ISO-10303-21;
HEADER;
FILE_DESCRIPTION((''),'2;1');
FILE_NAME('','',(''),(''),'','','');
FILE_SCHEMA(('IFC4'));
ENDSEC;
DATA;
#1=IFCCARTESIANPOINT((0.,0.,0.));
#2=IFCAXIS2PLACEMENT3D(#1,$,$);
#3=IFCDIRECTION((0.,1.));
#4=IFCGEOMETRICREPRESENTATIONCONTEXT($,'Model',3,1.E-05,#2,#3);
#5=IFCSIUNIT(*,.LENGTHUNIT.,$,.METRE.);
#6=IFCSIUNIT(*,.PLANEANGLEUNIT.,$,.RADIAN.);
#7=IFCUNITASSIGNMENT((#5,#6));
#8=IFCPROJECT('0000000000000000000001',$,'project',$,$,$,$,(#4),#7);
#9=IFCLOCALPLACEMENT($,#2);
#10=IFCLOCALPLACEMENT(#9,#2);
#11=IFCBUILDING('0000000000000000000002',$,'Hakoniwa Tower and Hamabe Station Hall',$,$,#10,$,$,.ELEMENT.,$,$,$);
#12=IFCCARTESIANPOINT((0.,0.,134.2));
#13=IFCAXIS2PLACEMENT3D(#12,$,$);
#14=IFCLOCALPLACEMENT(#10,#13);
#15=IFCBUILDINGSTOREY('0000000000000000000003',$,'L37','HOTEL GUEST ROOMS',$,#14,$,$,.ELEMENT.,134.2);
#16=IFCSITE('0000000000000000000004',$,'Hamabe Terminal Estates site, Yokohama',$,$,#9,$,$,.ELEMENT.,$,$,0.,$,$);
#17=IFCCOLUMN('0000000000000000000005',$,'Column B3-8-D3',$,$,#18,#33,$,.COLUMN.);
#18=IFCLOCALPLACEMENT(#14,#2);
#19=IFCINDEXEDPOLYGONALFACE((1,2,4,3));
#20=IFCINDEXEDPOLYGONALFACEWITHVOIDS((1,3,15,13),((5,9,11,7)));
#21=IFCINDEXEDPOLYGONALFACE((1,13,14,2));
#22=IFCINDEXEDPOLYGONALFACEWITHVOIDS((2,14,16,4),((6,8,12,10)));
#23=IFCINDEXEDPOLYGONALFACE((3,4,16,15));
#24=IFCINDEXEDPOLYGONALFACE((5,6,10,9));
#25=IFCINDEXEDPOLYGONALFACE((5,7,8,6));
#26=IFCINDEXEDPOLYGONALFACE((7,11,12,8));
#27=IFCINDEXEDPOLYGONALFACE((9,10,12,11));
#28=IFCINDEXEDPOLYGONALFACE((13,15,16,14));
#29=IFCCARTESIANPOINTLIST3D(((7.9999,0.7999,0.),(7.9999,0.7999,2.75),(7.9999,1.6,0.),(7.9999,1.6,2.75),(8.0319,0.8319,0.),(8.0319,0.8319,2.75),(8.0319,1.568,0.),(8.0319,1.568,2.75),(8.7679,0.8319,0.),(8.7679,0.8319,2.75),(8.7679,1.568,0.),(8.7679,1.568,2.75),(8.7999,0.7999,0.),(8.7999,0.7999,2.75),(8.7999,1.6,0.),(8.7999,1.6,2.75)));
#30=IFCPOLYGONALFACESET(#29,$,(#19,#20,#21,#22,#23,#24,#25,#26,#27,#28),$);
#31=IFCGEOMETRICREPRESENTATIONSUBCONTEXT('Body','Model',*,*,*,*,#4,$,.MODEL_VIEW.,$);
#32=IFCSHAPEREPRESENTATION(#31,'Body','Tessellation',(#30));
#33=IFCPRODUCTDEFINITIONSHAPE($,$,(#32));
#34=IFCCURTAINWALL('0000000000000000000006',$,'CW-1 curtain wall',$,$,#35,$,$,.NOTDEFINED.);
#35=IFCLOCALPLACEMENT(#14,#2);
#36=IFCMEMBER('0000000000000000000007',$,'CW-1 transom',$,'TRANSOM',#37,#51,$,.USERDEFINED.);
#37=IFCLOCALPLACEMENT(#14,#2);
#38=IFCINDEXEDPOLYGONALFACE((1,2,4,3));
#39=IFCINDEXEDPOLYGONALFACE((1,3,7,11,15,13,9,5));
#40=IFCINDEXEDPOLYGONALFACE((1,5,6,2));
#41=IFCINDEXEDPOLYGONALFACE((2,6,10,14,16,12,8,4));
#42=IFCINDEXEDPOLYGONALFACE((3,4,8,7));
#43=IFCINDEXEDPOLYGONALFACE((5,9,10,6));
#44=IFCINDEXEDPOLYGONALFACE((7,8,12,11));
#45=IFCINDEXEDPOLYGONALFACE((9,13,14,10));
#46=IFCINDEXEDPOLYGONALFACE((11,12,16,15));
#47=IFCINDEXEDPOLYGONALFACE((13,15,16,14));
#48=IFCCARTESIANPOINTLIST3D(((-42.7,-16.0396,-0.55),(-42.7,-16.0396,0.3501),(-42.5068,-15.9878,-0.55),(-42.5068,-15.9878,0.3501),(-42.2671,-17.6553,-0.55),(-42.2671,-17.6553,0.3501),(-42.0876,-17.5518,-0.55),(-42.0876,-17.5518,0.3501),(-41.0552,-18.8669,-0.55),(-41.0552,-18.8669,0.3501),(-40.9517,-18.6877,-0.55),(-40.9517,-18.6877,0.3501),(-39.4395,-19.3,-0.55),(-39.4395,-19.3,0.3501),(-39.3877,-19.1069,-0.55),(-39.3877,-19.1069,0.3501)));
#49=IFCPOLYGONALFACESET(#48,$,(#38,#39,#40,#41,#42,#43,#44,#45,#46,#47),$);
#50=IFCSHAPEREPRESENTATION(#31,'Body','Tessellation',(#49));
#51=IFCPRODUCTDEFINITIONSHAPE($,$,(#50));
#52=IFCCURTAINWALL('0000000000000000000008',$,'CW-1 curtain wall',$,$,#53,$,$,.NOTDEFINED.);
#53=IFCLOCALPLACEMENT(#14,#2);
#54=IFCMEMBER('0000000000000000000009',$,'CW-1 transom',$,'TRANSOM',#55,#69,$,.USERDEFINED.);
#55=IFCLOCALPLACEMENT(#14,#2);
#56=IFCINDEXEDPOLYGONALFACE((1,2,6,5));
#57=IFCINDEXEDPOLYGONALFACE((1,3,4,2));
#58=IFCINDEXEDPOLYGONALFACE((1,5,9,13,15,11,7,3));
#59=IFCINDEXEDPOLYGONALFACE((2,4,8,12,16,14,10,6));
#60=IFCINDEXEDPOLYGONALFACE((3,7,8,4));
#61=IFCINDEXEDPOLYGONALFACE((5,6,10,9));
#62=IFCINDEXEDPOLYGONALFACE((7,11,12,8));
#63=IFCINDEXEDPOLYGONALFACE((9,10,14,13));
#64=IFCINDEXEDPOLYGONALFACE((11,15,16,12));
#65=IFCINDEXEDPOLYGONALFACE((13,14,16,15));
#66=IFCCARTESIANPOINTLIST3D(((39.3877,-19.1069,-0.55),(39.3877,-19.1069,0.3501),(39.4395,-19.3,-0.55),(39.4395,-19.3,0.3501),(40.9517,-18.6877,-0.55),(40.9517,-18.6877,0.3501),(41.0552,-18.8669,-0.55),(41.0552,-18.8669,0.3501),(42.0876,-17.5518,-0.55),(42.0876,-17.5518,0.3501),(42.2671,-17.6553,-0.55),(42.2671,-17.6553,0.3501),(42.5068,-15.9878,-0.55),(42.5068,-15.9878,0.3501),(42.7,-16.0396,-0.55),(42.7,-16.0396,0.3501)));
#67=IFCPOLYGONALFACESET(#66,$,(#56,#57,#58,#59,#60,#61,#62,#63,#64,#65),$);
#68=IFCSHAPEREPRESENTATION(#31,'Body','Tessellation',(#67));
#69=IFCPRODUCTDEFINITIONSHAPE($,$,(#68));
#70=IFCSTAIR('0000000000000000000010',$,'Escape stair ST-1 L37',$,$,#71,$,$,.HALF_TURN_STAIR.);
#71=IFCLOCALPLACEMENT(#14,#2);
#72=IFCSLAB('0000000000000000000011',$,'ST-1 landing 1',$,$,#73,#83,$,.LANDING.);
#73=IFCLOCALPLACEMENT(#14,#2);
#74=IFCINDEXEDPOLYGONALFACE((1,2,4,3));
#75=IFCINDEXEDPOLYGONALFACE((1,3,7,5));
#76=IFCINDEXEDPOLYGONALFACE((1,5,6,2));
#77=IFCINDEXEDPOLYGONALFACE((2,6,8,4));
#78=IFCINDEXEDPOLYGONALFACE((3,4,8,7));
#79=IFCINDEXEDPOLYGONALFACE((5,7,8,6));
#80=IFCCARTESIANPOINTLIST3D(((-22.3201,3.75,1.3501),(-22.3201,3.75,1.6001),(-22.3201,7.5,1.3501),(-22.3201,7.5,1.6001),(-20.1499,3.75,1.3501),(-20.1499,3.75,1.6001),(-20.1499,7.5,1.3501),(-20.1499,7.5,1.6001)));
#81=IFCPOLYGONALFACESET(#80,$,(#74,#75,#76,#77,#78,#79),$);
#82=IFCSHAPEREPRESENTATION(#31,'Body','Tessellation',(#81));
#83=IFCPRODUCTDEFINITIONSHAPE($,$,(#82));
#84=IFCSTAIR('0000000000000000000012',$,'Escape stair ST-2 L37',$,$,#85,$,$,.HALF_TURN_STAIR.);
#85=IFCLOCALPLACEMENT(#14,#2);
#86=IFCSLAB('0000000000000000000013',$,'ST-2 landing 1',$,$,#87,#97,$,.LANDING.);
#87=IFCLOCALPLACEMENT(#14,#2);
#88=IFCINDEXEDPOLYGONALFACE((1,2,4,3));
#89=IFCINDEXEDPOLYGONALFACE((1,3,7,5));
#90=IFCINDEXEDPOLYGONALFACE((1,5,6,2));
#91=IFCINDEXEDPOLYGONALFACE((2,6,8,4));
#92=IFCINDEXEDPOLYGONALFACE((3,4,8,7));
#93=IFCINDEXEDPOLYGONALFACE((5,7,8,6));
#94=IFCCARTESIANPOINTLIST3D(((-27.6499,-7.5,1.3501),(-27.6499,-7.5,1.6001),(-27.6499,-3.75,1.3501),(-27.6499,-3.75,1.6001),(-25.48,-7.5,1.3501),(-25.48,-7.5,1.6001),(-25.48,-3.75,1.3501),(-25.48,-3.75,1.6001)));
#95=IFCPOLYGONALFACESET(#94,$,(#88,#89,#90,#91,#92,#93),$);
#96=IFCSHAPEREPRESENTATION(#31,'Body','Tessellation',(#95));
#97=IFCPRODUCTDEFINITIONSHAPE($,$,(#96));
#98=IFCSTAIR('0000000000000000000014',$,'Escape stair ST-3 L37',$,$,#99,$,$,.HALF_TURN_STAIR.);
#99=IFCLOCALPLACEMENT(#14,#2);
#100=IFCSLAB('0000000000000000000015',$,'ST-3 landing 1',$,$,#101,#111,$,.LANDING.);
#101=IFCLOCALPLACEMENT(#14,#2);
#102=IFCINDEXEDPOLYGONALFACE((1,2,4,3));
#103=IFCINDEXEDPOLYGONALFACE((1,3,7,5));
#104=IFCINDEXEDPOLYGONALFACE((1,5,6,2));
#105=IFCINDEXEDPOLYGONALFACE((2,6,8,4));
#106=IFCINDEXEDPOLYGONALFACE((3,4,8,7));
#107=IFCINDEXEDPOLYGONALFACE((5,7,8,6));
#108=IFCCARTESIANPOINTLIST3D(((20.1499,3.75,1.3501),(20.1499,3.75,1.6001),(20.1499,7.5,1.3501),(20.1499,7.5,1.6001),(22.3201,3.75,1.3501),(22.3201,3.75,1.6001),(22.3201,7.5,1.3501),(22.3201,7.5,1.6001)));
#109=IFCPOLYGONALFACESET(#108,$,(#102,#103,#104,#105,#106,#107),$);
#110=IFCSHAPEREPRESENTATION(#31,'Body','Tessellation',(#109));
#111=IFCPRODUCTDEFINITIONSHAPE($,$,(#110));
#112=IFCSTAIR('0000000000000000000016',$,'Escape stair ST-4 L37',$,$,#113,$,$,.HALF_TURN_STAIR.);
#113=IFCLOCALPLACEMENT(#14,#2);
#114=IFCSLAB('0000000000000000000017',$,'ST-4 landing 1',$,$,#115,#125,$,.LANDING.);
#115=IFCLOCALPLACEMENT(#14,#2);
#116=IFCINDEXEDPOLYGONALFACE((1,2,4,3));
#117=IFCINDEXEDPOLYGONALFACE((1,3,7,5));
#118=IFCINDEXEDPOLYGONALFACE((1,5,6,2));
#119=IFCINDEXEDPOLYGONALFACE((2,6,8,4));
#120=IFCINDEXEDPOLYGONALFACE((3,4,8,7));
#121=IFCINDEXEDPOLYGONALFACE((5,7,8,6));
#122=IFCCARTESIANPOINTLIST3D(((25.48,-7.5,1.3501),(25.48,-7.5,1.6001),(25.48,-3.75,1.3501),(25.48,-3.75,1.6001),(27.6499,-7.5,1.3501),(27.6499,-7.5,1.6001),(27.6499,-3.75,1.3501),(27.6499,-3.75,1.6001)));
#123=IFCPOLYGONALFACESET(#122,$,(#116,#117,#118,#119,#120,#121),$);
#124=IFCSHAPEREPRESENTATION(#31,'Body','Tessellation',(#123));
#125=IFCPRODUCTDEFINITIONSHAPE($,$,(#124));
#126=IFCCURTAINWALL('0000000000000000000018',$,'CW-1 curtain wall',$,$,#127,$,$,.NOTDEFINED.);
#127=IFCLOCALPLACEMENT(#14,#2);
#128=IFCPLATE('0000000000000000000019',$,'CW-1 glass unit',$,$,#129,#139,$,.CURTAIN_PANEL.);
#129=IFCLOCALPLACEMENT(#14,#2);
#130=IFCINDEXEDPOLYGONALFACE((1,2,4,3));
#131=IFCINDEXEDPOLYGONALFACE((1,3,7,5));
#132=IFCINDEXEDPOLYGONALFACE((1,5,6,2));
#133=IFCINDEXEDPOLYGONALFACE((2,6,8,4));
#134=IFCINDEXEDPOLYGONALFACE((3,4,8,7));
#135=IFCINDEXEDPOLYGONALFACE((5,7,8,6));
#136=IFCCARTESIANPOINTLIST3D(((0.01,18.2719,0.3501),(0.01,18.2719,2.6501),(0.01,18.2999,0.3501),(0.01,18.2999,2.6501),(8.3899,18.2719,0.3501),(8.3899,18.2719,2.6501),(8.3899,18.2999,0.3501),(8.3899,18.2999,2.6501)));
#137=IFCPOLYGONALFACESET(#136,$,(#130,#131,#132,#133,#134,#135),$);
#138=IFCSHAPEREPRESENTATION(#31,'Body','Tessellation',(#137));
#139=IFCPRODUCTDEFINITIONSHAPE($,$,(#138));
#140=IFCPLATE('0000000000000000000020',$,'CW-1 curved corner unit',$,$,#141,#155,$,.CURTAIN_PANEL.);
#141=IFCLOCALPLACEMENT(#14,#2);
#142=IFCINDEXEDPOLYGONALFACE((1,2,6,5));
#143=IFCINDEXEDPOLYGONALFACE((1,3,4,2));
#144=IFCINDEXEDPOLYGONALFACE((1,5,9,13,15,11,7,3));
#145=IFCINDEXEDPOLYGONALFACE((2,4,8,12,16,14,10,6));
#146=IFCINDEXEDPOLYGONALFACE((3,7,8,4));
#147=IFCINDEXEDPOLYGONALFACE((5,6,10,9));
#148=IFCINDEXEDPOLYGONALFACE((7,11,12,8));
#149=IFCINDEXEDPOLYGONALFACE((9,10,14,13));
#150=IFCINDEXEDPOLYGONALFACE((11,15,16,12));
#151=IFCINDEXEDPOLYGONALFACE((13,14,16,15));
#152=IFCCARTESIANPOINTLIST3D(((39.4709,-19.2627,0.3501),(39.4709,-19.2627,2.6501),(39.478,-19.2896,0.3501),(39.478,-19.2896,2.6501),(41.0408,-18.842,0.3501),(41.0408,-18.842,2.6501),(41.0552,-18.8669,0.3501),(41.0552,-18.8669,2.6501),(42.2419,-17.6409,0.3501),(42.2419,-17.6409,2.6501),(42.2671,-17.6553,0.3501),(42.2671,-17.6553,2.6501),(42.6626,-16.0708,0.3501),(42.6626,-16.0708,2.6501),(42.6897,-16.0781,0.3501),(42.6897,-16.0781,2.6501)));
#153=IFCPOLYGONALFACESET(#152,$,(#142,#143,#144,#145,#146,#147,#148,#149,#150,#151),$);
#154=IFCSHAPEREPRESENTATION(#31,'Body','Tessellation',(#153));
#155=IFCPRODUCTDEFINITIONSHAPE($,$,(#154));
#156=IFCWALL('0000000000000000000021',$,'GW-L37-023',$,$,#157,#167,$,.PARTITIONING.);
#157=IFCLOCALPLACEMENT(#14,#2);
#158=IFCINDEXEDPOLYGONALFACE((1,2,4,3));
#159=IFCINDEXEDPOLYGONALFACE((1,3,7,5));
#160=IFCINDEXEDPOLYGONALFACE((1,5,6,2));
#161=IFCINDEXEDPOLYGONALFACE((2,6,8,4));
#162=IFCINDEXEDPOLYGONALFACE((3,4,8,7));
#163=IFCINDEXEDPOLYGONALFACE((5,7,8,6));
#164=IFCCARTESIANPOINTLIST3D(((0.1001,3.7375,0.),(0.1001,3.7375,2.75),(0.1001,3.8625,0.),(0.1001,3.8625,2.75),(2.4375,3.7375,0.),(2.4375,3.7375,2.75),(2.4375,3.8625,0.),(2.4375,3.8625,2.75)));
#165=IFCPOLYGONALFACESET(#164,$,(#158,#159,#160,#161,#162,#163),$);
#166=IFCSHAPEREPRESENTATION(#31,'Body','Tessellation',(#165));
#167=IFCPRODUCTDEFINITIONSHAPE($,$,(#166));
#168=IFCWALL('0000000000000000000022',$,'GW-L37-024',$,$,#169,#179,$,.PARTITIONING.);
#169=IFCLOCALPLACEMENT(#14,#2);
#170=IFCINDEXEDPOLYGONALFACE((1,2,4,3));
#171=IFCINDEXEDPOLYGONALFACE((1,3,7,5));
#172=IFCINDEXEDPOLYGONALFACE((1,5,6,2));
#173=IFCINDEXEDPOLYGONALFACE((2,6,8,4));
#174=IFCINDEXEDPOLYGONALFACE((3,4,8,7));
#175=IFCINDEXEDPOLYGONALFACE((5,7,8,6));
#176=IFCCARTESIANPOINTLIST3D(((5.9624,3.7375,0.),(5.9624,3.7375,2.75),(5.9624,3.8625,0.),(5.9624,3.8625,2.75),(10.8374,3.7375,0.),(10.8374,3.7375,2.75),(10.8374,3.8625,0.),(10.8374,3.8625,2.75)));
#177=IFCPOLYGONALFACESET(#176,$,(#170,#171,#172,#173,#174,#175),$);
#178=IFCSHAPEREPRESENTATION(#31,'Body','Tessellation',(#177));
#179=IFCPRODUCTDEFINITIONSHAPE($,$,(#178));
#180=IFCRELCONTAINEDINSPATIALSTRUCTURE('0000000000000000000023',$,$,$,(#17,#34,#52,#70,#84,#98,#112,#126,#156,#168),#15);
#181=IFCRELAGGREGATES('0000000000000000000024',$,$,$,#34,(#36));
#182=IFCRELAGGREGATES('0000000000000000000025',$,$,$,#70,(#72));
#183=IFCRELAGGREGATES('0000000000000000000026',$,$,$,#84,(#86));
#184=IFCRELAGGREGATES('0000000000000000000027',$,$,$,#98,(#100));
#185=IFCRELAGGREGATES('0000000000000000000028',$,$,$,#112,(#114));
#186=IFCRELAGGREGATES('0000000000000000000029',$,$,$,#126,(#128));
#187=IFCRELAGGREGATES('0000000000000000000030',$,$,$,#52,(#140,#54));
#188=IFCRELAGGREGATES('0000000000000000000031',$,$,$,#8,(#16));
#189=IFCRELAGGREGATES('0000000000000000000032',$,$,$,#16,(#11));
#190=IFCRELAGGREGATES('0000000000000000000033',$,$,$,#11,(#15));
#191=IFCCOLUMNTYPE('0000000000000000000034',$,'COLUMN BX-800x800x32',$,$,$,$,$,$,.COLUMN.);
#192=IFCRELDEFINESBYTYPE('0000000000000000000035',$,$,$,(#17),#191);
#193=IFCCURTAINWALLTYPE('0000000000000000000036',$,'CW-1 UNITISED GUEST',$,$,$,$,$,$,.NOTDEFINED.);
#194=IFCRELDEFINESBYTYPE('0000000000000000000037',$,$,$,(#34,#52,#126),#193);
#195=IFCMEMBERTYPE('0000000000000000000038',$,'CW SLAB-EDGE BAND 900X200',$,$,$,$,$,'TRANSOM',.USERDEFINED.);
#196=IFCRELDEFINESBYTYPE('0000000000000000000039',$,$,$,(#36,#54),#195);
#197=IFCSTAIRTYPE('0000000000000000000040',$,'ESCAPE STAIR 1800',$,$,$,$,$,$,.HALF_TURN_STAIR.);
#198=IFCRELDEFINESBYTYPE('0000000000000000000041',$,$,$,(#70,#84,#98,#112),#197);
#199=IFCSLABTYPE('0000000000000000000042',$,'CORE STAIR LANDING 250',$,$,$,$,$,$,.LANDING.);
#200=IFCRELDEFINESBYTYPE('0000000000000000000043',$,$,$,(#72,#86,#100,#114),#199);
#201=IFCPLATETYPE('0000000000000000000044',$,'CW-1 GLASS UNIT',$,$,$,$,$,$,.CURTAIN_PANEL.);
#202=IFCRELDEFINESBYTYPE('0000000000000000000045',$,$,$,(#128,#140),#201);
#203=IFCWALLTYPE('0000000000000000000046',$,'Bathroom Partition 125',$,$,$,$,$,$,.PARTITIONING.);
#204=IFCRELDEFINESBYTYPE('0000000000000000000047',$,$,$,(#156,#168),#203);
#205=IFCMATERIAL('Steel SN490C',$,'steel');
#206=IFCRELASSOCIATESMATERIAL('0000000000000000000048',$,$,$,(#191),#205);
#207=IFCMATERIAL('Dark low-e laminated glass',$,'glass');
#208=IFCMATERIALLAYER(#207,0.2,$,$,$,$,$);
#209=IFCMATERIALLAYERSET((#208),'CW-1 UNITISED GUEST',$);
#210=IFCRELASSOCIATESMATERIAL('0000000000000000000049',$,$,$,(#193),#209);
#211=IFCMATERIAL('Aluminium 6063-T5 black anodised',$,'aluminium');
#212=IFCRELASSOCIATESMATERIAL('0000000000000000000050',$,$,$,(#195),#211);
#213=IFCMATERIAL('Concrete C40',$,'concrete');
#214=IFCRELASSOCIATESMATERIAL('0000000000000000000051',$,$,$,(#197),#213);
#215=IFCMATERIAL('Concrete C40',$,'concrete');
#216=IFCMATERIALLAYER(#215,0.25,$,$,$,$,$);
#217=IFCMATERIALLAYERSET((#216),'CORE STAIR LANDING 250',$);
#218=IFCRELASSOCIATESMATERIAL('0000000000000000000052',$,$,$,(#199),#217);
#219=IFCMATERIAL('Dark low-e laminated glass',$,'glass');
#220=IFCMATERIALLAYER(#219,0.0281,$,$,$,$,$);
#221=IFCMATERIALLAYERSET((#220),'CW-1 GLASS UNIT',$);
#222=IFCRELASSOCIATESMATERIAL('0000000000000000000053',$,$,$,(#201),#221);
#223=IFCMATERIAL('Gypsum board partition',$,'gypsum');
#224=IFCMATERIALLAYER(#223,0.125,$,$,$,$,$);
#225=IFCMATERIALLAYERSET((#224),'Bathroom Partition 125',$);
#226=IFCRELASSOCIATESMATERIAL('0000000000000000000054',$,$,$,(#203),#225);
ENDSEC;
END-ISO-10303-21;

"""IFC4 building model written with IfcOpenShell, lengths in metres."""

from ifc_helpers import new_model, si_unit, direction, frame, frame_2d, origin, origin_2d, place, context, subcontext, project, spatial, polyline, rectangle, hollow_rectangle, outline, extrude, material, layer, layer_set, material_profile, profile_set, type_object, element, aggregate, save


model = new_model("IFC4")

# Units and contexts
model_context = context("Model", 3, precision=1e-05, world=origin(), true_north=direction((0.0, 1.0)))
body_context = subcontext(model_context, "Body", "Model", "MODEL_VIEW")
ifc_project = project(units=[si_unit("LENGTHUNIT", "METRE"), si_unit("PLANEANGLEUNIT", "RADIAN")], contexts=[model_context])

# Site, building, storey
site_placement = place(None, origin())
site = spatial("IfcSite", under=ifc_project, at=site_placement, Name="Hamabe Terminal Estates site, Yokohama", CompositionType="ELEMENT", RefElevation=0.0)
building_placement = place(site_placement, origin())
building = spatial("IfcBuilding", under=site, at=building_placement, Name="Hakoniwa Tower and Hamabe Station Hall", CompositionType="ELEMENT")
storey_placement = place(building_placement, frame((0.0, 0.0, 134.2)))
storey = spatial("IfcBuildingStorey", under=building, at=storey_placement, Name="L37", Description="HOTEL GUEST ROOMS", CompositionType="ELEMENT", Elevation=134.2)

# Column
ifc_material_1 = material(Name="Steel SN490C", Category="steel")
ifc_material_profile_1 = material_profile(ifc_material_1, hollow_rectangle(XDim=0.8, YDim=0.8, WallThickness=0.032, at=origin_2d()), Name="BX-800x800x32")
ifc_profile_set_1 = profile_set([ifc_material_profile_1], Name="Steel SN490C")
column_type = type_object("IfcColumnType", Name="COLUMN BX-800x800x32", PredefinedType="COLUMN", material=ifc_profile_set_1)
column_placement = place(storey_placement, frame((8.3999, 1.2, 0.0), z_axis=(0.0, 0.0, 1.0), x_axis=(1.0, 0.0, 0.0)))
element("IfcColumn", 1, at=column_placement, inside=storey, type_object=column_type, Name="Column B3-8-D3", PredefinedType="COLUMN", context=body_context, shape_type="SweptSolid", body=[
    extrude(hollow_rectangle(XDim=0.8, YDim=0.8, WallThickness=0.032, at=origin_2d()), origin(), (0.0, 0.0, 1.0), 2.75),
])

# Curtain walls, members
ifc_material_2 = material(Name="Dark low-e laminated glass", Category="glass")
ifc_layer_1 = layer(ifc_material_2, 0.2)
ifc_layer_set_1 = layer_set([ifc_layer_1], Name="CW-1 UNITISED GUEST")
curtain_wall_type = type_object("IfcCurtainWallType", Name="CW-1 UNITISED GUEST", PredefinedType="NOTDEFINED", material=ifc_layer_set_1)
curtain_wall_1_placement = place(storey_placement, origin())
curtain_wall_1 = element("IfcCurtainWall", 2, at=curtain_wall_1_placement, inside=storey, type_object=curtain_wall_type, Name="CW-1 curtain wall", PredefinedType="NOTDEFINED")
ifc_material_3 = material(Name="Aluminium 6063-T5 black anodised", Category="aluminium")
ifc_material_profile_2 = material_profile(ifc_material_3, rectangle(XDim=0.2, YDim=0.8999, at=origin_2d()), Name="CW SLAB-EDGE BAND 900X200")
ifc_profile_set_2 = profile_set([ifc_material_profile_2], Name="Aluminium 6063-T5 black anodised")
member_type = type_object("IfcMemberType", Name="CW SLAB-EDGE BAND 900X200", ElementType="TRANSOM", PredefinedType="USERDEFINED", material=ifc_profile_set_2)
member_1_placement = place(storey_placement, frame((0.0, 0.0, -0.55)))
member_1 = element("IfcMember", 3, at=member_1_placement, type_object=member_type, Name="CW-1 transom", ObjectType="TRANSOM", PredefinedType="USERDEFINED", context=body_context, shape_type="SweptSolid", body=[
    extrude(outline(polyline([(-42.7, -16.0396), (-42.2671, -17.6553), (-41.0552, -18.8669), (-39.4395, -19.3), (-39.3877, -19.1069), (-40.9517, -18.6877), (-42.0876, -17.5518), (-42.5068, -15.9878), (-42.7, -16.0396)])), origin(), (0.0, 0.0, 1.0), 0.9001),
])
aggregate(curtain_wall_1, [member_1])
curtain_wall_2_placement = place(storey_placement, origin())
curtain_wall_2 = element("IfcCurtainWall", 4, at=curtain_wall_2_placement, inside=storey, type_object=curtain_wall_type, Name="CW-1 curtain wall", PredefinedType="NOTDEFINED")
member_2_placement = place(storey_placement, frame((0.0, 0.0, -0.55)))
member_2 = element("IfcMember", 5, at=member_2_placement, type_object=member_type, Name="CW-1 transom", ObjectType="TRANSOM", PredefinedType="USERDEFINED", context=body_context, shape_type="SweptSolid", body=[
    extrude(outline(polyline([(39.4395, -19.3), (41.0552, -18.8669), (42.2671, -17.6553), (42.7, -16.0396), (42.5068, -15.9878), (42.0876, -17.5518), (40.9517, -18.6877), (39.3877, -19.1069), (39.4395, -19.3)])), origin(), (0.0, 0.0, 1.0), 0.9001),
])

# Stairs, slabs
ifc_material_4 = material(Name="Concrete C40", Category="concrete")
stair_type = type_object("IfcStairType", Name="ESCAPE STAIR 1800", PredefinedType="HALF_TURN_STAIR", material=ifc_material_4)
stair_1_placement = place(storey_placement, origin())
stair_1 = element("IfcStair", 6, at=stair_1_placement, inside=storey, type_object=stair_type, Name="Escape stair ST-1 L37", PredefinedType="HALF_TURN_STAIR")
ifc_material_5 = material(Name="Concrete C40", Category="concrete")
ifc_layer_2 = layer(ifc_material_5, 0.25)
ifc_layer_set_2 = layer_set([ifc_layer_2], Name="CORE STAIR LANDING 250")
slab_type = type_object("IfcSlabType", Name="CORE STAIR LANDING 250", PredefinedType="LANDING", material=ifc_layer_set_2)
slab_1_placement = place(storey_placement, frame((0.0, 0.0, 1.3501)))
slab_1 = element("IfcSlab", 7, at=slab_1_placement, type_object=slab_type, Name="ST-1 landing 1", PredefinedType="LANDING", context=body_context, shape_type="SweptSolid", body=[
    extrude(outline(polyline([(-22.3201, 3.75), (-20.1499, 3.75), (-20.1499, 7.5), (-22.3201, 7.5), (-22.3201, 3.75)])), origin(), (0.0, 0.0, 1.0), 0.25),
])
aggregate(stair_1, [slab_1])
stair_2_placement = place(storey_placement, origin())
stair_2 = element("IfcStair", 8, at=stair_2_placement, inside=storey, type_object=stair_type, Name="Escape stair ST-2 L37", PredefinedType="HALF_TURN_STAIR")
slab_2_placement = place(storey_placement, frame((0.0, 0.0, 1.3501)))
slab_2 = element("IfcSlab", 9, at=slab_2_placement, type_object=slab_type, Name="ST-2 landing 1", PredefinedType="LANDING", context=body_context, shape_type="SweptSolid", body=[
    extrude(outline(polyline([(-25.48, -7.5), (-27.6499, -7.5), (-27.6499, -3.75), (-25.48, -3.75), (-25.48, -7.5)])), origin(), (0.0, 0.0, 1.0), 0.25),
])
aggregate(stair_2, [slab_2])
stair_3_placement = place(storey_placement, origin())
stair_3 = element("IfcStair", 10, at=stair_3_placement, inside=storey, type_object=stair_type, Name="Escape stair ST-3 L37", PredefinedType="HALF_TURN_STAIR")
slab_3_placement = place(storey_placement, frame((0.0, 0.0, 1.3501)))
slab_3 = element("IfcSlab", 11, at=slab_3_placement, type_object=slab_type, Name="ST-3 landing 1", PredefinedType="LANDING", context=body_context, shape_type="SweptSolid", body=[
    extrude(outline(polyline([(22.3201, 3.75), (20.1499, 3.75), (20.1499, 7.5), (22.3201, 7.5), (22.3201, 3.75)])), origin(), (0.0, 0.0, 1.0), 0.25),
])
aggregate(stair_3, [slab_3])
stair_4_placement = place(storey_placement, origin())
stair_4 = element("IfcStair", 12, at=stair_4_placement, inside=storey, type_object=stair_type, Name="Escape stair ST-4 L37", PredefinedType="HALF_TURN_STAIR")
slab_4_placement = place(storey_placement, frame((0.0, 0.0, 1.3501)))
slab_4 = element("IfcSlab", 13, at=slab_4_placement, type_object=slab_type, Name="ST-4 landing 1", PredefinedType="LANDING", context=body_context, shape_type="SweptSolid", body=[
    extrude(outline(polyline([(25.48, -7.5), (27.6499, -7.5), (27.6499, -3.75), (25.48, -3.75), (25.48, -7.5)])), origin(), (0.0, 0.0, 1.0), 0.25),
])
aggregate(stair_4, [slab_4])

# Curtain wall, plate
curtain_wall_3_placement = place(storey_placement, origin())
curtain_wall_3 = element("IfcCurtainWall", 14, at=curtain_wall_3_placement, inside=storey, type_object=curtain_wall_type, Name="CW-1 curtain wall", PredefinedType="NOTDEFINED")
ifc_material_6 = material(Name="Dark low-e laminated glass", Category="glass")
ifc_layer_3 = layer(ifc_material_6, 0.0281)
ifc_layer_set_3 = layer_set([ifc_layer_3], Name="CW-1 GLASS UNIT")
plate_type = type_object("IfcPlateType", Name="CW-1 GLASS UNIT", PredefinedType="CURTAIN_PANEL", material=ifc_layer_set_3)
plate_1_placement = place(storey_placement, frame((4.2, 18.2859, 0.3501), z_axis=(0.0, 0.0, 1.0), x_axis=(-1.0, 0.0, 0.0)))
plate_1 = element("IfcPlate", 15, at=plate_1_placement, type_object=plate_type, Name="CW-1 glass unit", PredefinedType="CURTAIN_PANEL", context=body_context, shape_type="SweptSolid", body=[
    extrude(rectangle(XDim=8.3799, YDim=0.0281, at=origin_2d()), origin(), (0.0, 0.0, 1.0), 2.3),
])
aggregate(curtain_wall_3, [plate_1])

# Plate
plate_2_placement = place(storey_placement, frame((0.0, 0.0, 0.3501)))
plate_2 = element("IfcPlate", 16, at=plate_2_placement, type_object=plate_type, Name="CW-1 curved corner unit", PredefinedType="CURTAIN_PANEL", context=body_context, shape_type="SweptSolid", body=[
    extrude(outline(polyline([(39.478, -19.2896), (41.0552, -18.8669), (42.2671, -17.6553), (42.6897, -16.0781), (42.6626, -16.0708), (42.2419, -17.6409), (41.0408, -18.842), (39.4709, -19.2627), (39.478, -19.2896)])), origin(), (0.0, 0.0, 1.0), 2.3),
])
aggregate(curtain_wall_2, [plate_2, member_2])

# Walls
ifc_material_7 = material(Name="Gypsum board partition", Category="gypsum")
ifc_layer_4 = layer(ifc_material_7, 0.125)
ifc_layer_set_4 = layer_set([ifc_layer_4], Name="Bathroom Partition 125")
wall_type_1 = type_object("IfcWallType", Name="Bathroom Partition 125", PredefinedType="PARTITIONING", material=ifc_layer_set_4)
wall_1_placement = place(storey_placement, frame((0.1001, 3.8, 0.0), z_axis=(0.0, 0.0, 1.0), x_axis=(1.0, 0.0, 0.0)))
element("IfcWall", 17, at=wall_1_placement, inside=storey, type_object=wall_type_1, Name="GW-L37-023", PredefinedType="PARTITIONING", context=body_context, shape_type="SweptSolid", body=[
    extrude(rectangle(XDim=2.3374, YDim=0.125, at=frame_2d((1.1687, 0.0))), origin(), (0.0, 0.0, 1.0), 2.75),
])
wall_2_placement = place(storey_placement, frame((5.9624, 3.8, 0.0), z_axis=(0.0, 0.0, 1.0), x_axis=(1.0, 0.0, 0.0)))
element("IfcWall", 18, at=wall_2_placement, inside=storey, type_object=wall_type_1, Name="GW-L37-024", PredefinedType="PARTITIONING", context=body_context, shape_type="SweptSolid", body=[
    extrude(rectangle(XDim=4.875, YDim=0.125, at=frame_2d((2.4375, 0.0))), origin(), (0.0, 0.0, 1.0), 2.75),
])

save(model, "model.ifc")
